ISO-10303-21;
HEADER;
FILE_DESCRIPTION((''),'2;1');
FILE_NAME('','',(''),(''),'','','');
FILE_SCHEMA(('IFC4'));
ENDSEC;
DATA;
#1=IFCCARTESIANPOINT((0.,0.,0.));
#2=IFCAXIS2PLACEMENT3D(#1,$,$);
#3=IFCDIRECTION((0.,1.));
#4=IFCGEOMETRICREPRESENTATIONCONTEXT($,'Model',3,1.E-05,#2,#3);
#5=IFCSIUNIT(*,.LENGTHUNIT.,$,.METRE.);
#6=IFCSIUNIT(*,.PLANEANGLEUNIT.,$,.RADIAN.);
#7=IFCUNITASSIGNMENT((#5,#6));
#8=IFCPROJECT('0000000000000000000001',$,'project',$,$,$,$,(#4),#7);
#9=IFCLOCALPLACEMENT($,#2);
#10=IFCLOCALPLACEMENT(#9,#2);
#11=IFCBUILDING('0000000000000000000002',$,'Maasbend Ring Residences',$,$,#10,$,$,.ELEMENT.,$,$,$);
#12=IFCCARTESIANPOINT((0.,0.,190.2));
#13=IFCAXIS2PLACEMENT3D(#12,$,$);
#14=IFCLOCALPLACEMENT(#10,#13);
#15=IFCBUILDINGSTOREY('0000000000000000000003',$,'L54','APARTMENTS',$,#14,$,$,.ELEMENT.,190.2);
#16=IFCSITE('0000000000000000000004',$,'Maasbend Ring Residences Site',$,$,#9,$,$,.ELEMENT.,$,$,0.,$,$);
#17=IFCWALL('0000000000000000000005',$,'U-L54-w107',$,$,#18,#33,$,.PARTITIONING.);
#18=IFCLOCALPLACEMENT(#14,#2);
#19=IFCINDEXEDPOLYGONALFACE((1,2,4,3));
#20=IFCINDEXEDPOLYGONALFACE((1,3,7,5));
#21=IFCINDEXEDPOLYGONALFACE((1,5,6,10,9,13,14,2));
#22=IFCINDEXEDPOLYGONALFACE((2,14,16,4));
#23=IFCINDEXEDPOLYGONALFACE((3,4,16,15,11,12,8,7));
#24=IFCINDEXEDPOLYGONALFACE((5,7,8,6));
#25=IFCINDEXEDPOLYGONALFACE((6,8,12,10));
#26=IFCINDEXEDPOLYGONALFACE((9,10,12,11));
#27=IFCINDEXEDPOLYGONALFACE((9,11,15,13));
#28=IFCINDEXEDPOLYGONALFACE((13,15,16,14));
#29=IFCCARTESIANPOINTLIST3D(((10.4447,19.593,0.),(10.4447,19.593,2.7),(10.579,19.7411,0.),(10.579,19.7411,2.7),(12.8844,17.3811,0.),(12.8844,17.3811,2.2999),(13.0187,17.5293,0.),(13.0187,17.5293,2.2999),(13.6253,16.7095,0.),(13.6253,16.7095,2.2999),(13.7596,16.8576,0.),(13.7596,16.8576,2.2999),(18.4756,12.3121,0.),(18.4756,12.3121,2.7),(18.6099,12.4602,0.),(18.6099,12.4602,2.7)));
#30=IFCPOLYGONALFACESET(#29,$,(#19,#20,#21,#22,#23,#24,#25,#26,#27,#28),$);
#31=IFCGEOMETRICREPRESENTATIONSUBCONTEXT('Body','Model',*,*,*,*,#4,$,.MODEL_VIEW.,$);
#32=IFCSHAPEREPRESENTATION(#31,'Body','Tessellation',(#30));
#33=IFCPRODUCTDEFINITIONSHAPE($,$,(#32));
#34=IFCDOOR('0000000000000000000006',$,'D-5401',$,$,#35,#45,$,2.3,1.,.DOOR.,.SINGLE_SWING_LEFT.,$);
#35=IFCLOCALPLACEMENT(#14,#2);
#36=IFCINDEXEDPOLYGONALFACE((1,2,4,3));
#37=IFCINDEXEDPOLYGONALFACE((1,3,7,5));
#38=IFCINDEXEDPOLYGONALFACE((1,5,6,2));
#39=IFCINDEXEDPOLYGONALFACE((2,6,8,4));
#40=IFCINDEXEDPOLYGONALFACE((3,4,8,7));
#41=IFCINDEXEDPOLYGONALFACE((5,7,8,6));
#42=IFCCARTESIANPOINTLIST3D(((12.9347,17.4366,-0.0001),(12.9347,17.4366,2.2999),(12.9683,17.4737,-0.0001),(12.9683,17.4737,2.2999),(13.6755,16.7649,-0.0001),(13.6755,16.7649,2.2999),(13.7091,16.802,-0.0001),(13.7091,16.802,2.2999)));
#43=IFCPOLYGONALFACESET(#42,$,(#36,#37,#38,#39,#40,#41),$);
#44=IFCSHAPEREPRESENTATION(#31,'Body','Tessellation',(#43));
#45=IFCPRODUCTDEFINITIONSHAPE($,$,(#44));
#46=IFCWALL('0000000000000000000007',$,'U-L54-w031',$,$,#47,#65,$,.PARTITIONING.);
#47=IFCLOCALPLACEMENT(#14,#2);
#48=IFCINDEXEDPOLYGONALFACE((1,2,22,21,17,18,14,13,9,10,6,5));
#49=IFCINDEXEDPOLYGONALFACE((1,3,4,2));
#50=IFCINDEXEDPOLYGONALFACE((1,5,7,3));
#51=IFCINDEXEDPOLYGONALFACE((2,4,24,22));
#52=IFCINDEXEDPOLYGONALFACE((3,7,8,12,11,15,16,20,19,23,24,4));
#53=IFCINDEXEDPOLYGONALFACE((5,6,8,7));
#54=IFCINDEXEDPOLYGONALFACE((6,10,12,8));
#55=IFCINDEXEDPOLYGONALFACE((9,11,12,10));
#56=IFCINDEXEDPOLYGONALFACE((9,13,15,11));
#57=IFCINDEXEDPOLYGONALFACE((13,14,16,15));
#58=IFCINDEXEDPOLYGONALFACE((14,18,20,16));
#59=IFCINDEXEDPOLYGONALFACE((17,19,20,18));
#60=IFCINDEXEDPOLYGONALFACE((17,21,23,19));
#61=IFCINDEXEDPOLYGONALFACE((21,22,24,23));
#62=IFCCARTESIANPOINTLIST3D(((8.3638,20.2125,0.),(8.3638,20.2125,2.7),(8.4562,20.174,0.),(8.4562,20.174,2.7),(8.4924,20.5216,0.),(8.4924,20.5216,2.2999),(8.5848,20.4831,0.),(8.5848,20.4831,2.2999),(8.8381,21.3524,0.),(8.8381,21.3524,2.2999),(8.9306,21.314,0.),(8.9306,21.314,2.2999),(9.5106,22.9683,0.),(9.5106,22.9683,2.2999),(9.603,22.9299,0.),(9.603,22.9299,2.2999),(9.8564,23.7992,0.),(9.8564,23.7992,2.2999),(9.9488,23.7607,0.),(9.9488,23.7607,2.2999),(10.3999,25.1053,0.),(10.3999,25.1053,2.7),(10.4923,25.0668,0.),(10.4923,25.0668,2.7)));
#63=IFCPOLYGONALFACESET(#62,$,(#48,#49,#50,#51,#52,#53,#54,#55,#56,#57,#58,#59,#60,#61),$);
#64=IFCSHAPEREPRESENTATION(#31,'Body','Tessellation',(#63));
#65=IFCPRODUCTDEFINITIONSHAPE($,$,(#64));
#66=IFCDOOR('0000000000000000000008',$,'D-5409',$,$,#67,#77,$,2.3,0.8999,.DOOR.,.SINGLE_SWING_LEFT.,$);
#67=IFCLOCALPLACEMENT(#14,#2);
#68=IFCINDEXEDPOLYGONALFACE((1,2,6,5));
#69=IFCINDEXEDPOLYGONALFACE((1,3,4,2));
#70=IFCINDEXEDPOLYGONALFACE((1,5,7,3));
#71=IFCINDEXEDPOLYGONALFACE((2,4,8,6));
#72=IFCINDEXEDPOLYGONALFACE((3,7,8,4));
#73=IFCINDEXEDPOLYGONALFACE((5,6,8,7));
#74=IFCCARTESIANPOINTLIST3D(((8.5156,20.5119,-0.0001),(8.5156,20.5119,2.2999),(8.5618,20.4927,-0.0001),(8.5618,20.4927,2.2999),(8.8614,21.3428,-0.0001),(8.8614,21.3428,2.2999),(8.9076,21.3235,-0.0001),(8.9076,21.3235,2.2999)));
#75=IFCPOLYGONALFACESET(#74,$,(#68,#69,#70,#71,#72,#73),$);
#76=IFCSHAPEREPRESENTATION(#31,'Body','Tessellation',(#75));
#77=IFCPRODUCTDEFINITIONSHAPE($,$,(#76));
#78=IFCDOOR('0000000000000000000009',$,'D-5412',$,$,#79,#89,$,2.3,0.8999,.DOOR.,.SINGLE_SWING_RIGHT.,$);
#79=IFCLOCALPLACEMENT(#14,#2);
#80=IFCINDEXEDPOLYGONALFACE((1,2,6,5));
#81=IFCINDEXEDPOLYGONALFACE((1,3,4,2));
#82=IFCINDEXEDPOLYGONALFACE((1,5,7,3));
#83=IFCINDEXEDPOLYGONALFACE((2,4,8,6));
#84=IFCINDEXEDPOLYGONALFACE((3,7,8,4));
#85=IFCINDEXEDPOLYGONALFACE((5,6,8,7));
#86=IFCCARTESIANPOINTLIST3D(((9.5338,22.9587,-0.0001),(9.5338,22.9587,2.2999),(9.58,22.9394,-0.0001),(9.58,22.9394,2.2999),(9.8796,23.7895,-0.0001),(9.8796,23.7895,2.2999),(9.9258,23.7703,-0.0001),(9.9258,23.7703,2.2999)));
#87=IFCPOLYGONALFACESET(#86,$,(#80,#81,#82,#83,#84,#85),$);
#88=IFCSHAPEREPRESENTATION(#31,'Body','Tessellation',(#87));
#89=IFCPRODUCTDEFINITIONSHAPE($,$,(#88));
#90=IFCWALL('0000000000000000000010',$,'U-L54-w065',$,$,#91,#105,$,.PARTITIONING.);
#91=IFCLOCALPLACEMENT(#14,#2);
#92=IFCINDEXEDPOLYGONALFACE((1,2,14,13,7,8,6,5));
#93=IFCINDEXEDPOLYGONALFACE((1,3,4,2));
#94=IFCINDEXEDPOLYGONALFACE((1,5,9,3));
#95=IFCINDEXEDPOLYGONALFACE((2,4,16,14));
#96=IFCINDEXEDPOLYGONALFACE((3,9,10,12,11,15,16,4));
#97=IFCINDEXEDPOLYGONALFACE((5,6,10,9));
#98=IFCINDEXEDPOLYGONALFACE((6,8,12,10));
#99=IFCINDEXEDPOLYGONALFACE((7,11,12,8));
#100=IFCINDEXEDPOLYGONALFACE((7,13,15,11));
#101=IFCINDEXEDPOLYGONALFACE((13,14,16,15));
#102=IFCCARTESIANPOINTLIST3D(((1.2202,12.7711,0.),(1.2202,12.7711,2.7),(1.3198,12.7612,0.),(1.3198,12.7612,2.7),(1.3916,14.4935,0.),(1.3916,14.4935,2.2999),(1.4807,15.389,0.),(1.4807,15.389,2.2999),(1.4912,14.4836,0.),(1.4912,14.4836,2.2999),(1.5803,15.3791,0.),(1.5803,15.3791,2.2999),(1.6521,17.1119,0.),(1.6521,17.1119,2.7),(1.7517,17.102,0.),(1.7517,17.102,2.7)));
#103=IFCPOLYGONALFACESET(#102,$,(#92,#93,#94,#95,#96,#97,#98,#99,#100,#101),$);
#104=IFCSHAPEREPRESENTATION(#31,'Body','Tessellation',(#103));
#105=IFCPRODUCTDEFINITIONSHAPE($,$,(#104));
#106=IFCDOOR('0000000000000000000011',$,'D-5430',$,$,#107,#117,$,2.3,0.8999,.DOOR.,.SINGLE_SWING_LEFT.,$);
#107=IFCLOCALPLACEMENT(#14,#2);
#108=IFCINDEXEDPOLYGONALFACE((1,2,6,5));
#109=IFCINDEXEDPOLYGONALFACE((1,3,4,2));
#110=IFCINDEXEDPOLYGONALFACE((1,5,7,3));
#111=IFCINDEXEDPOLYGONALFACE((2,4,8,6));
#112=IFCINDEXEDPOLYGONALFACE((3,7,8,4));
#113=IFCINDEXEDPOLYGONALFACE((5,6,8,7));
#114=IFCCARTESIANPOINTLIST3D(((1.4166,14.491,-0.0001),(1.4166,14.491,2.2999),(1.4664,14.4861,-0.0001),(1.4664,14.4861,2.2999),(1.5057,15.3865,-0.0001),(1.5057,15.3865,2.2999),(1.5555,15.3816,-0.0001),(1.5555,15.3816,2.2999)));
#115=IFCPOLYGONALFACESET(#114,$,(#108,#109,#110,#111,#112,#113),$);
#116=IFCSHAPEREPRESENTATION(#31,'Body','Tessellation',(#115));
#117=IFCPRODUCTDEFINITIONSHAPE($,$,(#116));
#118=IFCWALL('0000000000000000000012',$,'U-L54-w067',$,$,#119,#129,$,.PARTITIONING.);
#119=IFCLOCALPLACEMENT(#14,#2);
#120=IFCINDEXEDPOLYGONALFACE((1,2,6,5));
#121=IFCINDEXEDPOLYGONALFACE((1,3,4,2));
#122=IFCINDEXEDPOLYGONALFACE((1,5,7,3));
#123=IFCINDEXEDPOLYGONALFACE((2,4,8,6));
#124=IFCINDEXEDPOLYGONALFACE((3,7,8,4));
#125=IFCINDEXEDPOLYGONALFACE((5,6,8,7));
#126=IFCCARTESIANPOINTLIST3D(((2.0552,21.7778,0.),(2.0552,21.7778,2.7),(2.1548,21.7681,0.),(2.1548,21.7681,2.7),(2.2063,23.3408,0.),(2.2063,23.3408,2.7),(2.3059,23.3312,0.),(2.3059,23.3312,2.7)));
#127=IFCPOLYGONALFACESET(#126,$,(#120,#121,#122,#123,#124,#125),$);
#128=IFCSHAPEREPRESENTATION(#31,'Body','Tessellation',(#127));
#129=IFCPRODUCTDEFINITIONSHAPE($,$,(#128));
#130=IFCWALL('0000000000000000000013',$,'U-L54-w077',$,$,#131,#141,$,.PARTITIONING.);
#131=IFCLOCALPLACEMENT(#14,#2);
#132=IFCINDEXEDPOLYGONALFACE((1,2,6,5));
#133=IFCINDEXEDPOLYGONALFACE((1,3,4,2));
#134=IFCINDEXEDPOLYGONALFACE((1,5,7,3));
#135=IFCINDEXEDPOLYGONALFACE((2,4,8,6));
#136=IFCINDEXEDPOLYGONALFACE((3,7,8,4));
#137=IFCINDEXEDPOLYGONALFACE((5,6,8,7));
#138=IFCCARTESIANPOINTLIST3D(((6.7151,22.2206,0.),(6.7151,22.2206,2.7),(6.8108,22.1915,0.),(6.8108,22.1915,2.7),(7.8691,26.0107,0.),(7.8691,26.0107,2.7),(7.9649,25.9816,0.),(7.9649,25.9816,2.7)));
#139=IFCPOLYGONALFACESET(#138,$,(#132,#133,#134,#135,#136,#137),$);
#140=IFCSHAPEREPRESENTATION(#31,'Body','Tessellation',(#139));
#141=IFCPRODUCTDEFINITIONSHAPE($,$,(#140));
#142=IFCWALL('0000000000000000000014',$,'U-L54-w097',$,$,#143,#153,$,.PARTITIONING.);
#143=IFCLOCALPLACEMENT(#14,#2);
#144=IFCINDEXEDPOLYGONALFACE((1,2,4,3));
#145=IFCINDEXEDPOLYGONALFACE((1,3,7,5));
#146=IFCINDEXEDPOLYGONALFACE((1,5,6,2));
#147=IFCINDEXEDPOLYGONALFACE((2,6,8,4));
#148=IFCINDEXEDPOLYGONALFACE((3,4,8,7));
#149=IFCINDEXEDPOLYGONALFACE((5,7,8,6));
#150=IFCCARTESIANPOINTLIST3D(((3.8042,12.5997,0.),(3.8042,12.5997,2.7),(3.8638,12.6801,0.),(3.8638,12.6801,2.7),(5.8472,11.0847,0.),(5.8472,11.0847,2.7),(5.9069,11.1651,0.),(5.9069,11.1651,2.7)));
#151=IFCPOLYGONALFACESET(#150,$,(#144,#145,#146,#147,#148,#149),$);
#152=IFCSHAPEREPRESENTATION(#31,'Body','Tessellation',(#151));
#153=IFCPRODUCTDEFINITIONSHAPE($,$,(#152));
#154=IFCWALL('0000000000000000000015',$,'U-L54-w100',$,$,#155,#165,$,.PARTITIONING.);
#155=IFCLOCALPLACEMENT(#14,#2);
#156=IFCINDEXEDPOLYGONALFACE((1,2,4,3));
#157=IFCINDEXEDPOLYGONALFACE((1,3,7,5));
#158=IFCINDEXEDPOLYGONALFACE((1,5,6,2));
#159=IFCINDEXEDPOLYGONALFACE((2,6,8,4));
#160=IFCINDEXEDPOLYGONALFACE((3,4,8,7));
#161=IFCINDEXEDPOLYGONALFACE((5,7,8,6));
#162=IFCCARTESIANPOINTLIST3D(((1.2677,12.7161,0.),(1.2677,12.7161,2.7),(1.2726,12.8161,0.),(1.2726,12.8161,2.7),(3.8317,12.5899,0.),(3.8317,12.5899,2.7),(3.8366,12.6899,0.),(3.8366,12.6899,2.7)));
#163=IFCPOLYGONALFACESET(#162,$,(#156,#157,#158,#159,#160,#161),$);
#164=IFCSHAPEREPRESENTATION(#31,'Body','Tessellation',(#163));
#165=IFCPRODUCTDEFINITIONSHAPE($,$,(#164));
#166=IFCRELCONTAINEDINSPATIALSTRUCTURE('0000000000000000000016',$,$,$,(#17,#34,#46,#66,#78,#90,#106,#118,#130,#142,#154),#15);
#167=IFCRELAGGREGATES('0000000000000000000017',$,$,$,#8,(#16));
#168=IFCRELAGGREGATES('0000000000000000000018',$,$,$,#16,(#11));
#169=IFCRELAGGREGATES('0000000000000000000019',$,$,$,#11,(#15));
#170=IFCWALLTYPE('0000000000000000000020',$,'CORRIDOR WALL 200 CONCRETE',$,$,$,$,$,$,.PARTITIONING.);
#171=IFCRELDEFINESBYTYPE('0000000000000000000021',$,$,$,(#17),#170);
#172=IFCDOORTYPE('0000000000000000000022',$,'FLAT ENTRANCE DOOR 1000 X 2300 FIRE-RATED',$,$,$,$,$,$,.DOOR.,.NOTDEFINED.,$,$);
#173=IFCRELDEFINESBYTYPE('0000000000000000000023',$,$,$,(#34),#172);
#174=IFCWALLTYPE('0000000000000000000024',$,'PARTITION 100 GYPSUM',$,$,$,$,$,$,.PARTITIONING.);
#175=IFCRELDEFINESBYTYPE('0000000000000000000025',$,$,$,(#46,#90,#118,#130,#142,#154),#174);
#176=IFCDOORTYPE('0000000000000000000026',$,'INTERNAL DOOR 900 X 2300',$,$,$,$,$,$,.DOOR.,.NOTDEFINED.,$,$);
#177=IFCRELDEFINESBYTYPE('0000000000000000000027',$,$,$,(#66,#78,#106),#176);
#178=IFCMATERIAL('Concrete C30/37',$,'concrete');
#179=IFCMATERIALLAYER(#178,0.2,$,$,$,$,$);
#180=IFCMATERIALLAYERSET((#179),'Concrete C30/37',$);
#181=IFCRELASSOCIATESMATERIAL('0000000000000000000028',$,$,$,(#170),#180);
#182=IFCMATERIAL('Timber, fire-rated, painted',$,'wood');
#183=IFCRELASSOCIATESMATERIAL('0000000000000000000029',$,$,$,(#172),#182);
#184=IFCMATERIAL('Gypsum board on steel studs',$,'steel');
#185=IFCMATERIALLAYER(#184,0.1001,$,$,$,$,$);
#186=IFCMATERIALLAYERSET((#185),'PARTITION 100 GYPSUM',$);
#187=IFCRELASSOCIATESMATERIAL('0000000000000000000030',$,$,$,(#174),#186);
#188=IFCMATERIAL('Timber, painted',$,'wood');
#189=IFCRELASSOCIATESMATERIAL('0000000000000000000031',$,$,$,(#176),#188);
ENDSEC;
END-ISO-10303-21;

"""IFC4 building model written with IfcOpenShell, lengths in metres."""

from ifc_helpers import new_model, si_unit, direction, frame, frame_2d, origin, place, context, subcontext, project, spatial, rectangle, extrude, material, layer, layer_set, type_object, element, fill, save


model = new_model("IFC4")

# Units and contexts
model_context = context("Model", 3, precision=1e-05, world=origin(), true_north=direction((0.0, 1.0)))
body_context = subcontext(model_context, "Body", "Model", "MODEL_VIEW")
ifc_project = project(units=[si_unit("LENGTHUNIT", "METRE"), si_unit("PLANEANGLEUNIT", "RADIAN")], contexts=[model_context])

# Site, building, storey
site_placement = place(None, origin())
site = spatial("IfcSite", under=ifc_project, at=site_placement, Name="Maasbend Ring Residences Site", CompositionType="ELEMENT", RefElevation=0.0)
building_placement = place(site_placement, origin())
building = spatial("IfcBuilding", under=site, at=building_placement, Name="Maasbend Ring Residences", CompositionType="ELEMENT")
storey_placement = place(building_placement, frame((0.0, 0.0, 190.2)))
storey = spatial("IfcBuildingStorey", under=building, at=storey_placement, Name="L54", Description="APARTMENTS", CompositionType="ELEMENT", Elevation=190.2)

# Wall, opening, door
ifc_material_1 = material(Name="Concrete C30/37", Category="concrete")
ifc_layer_1 = layer(ifc_material_1, 0.2)
ifc_layer_set_1 = layer_set([ifc_layer_1], Name="Concrete C30/37")
wall_type_1 = type_object("IfcWallType", Name="CORRIDOR WALL 200 CONCRETE", PredefinedType="PARTITIONING", material=ifc_layer_set_1)
ifc_material_2 = material(Name="Timber, fire-rated, painted", Category="wood")
door_type_1 = type_object("IfcDoorType", Name="FLAT ENTRANCE DOOR 1000 X 2300 FIRE-RATED", OperationType="NOTDEFINED", PredefinedType="DOOR", material=ifc_material_2)
wall_1_placement = place(storey_placement, frame((10.512, 19.667, 0.0), z_axis=(0.0, 0.0, 1.0), x_axis=(0.740854, -0.671667, 0.0)))
wall_1 = element("IfcWall", 1, at=wall_1_placement, inside=storey, type_object=wall_type_1, Name="U-L54-w107", PredefinedType="PARTITIONING", context=body_context, shape_type="SweptSolid", body=[
    extrude(rectangle(XDim=10.8401, YDim=0.2, at=frame_2d((5.4199, 0.0))), origin(), (0.0, 0.0, 1.0), 2.7),
])
opening_1_placement = place(wall_1_placement, frame((3.293, 0.0, 0.0)))
opening_1 = element("IfcOpeningElement", 2, at=opening_1_placement, cuts=wall_1, PredefinedType="OPENING", context=body_context, shape_type="SweptSolid", body=[
    extrude(rectangle(XDim=1.0, YDim=2.3, at=frame_2d((0.5, 1.1499))), frame((0.0, 0.1099, 0.0), z_axis=(0.0, -1.0, 0.0), x_axis=(1.0, 0.0, 0.0)), (0.0, 0.0, 1.0), 0.22),
])
door_1_placement = place(opening_1_placement, origin())
door_1 = element("IfcDoor", 3, at=door_1_placement, inside=storey, type_object=door_type_1, Name="D-5401", OperationType="SINGLE_SWING_LEFT", OverallHeight=2.3, OverallWidth=1.0, PredefinedType="DOOR", context=body_context, shape_type="SweptSolid", body=[
    extrude(rectangle(XDim=1.0, YDim=2.3, at=frame_2d((0.5, 1.1499))), frame((0.0, 0.0249, 0.0), z_axis=(0.0, -1.0, 0.0), x_axis=(1.0, 0.0, 0.0)), (0.0, 0.0, 1.0), 0.05),
])
fill(opening_1, door_1)

# Wall, openings, doors
ifc_material_3 = material(Name="Gypsum board on steel studs", Category="steel")
ifc_layer_2 = layer(ifc_material_3, 0.1001)
ifc_layer_set_2 = layer_set([ifc_layer_2], Name="PARTITION 100 GYPSUM")
wall_type_2 = type_object("IfcWallType", Name="PARTITION 100 GYPSUM", PredefinedType="PARTITIONING", material=ifc_layer_set_2)
wall_2_placement = place(storey_placement, frame((8.4099, 20.1931, 0.0), z_axis=(0.0, 0.0, 1.0), x_axis=(0.384206, 0.923247, 0.0)))
wall_2 = element("IfcWall", 4, at=wall_2_placement, inside=storey, type_object=wall_type_2, Name="U-L54-w031", PredefinedType="PARTITIONING", context=body_context, shape_type="SweptSolid", body=[
    extrude(rectangle(XDim=5.2996, YDim=0.1001, at=frame_2d((2.6499, 0.0))), origin(), (0.0, 0.0, 1.0), 2.7),
])
opening_2_placement = place(wall_2_placement, frame((0.335, 0.0, 0.0)))
opening_2 = element("IfcOpeningElement", 5, at=opening_2_placement, cuts=wall_2, PredefinedType="OPENING", context=body_context, shape_type="SweptSolid", body=[
    extrude(rectangle(XDim=0.8999, YDim=2.3, at=frame_2d((0.45, 1.1499))), frame((0.0, 0.0601, 0.0), z_axis=(0.0, -1.0, 0.0), x_axis=(1.0, 0.0, 0.0)), (0.0, 0.0, 1.0), 0.1201),
])
opening_3_placement = place(wall_2_placement, frame((2.9851, 0.0, 0.0)))
opening_3 = element("IfcOpeningElement", 6, at=opening_3_placement, cuts=wall_2, PredefinedType="OPENING", context=body_context, shape_type="SweptSolid", body=[
    extrude(rectangle(XDim=0.8999, YDim=2.3, at=frame_2d((0.45, 1.1499))), frame((0.0, 0.0601, 0.0), z_axis=(0.0, -1.0, 0.0), x_axis=(1.0, 0.0, 0.0)), (0.0, 0.0, 1.0), 0.1201),
])
ifc_material_4 = material(Name="Timber, painted", Category="wood")
door_type_2 = type_object("IfcDoorType", Name="INTERNAL DOOR 900 X 2300", OperationType="NOTDEFINED", PredefinedType="DOOR", material=ifc_material_4)
door_2_placement = place(opening_2_placement, origin())
door_2 = element("IfcDoor", 7, at=door_2_placement, inside=storey, type_object=door_type_2, Name="D-5409", OperationType="SINGLE_SWING_LEFT", OverallHeight=2.3, OverallWidth=0.8999, PredefinedType="DOOR", context=body_context, shape_type="SweptSolid", body=[
    extrude(rectangle(XDim=0.8999, YDim=2.3, at=frame_2d((0.45, 1.1499))), frame((0.0, 0.0249, 0.0), z_axis=(0.0, -1.0, 0.0), x_axis=(1.0, 0.0, 0.0)), (0.0, 0.0, 1.0), 0.05),
])
fill(opening_2, door_2)
door_3_placement = place(opening_3_placement, origin())
door_3 = element("IfcDoor", 8, at=door_3_placement, inside=storey, type_object=door_type_2, Name="D-5412", OperationType="SINGLE_SWING_RIGHT", OverallHeight=2.3, OverallWidth=0.8999, PredefinedType="DOOR", context=body_context, shape_type="SweptSolid", body=[
    extrude(rectangle(XDim=0.8999, YDim=2.3, at=frame_2d((0.45, 1.1499))), frame((0.0, 0.0249, 0.0), z_axis=(0.0, -1.0, 0.0), x_axis=(1.0, 0.0, 0.0)), (0.0, 0.0, 1.0), 0.05),
])
fill(opening_3, door_3)

# Wall, opening, door
wall_3_placement = place(storey_placement, frame((1.27, 12.7661, 0.0), z_axis=(0.0, 0.0, 1.0), x_axis=(0.099005, 0.995087, 0.0)))
wall_3 = element("IfcWall", 9, at=wall_3_placement, inside=storey, type_object=wall_type_2, Name="U-L54-w065", PredefinedType="PARTITIONING", context=body_context, shape_type="SweptSolid", body=[
    extrude(rectangle(XDim=4.3623, YDim=0.1001, at=frame_2d((2.1812, 0.0))), origin(), (0.0, 0.0, 1.0), 2.7),
])
opening_4_placement = place(wall_3_placement, frame((1.731, 0.0, 0.0)))
opening_4 = element("IfcOpeningElement", 10, at=opening_4_placement, cuts=wall_3, PredefinedType="OPENING", context=body_context, shape_type="SweptSolid", body=[
    extrude(rectangle(XDim=0.8999, YDim=2.3, at=frame_2d((0.45, 1.1499))), frame((0.0, 0.0601, 0.0), z_axis=(0.0, -1.0, 0.0), x_axis=(1.0, 0.0, 0.0)), (0.0, 0.0, 1.0), 0.1201),
])
door_4_placement = place(opening_4_placement, origin())
door_4 = element("IfcDoor", 11, at=door_4_placement, inside=storey, type_object=door_type_2, Name="D-5430", OperationType="SINGLE_SWING_LEFT", OverallHeight=2.3, OverallWidth=0.8999, PredefinedType="DOOR", context=body_context, shape_type="SweptSolid", body=[
    extrude(rectangle(XDim=0.8999, YDim=2.3, at=frame_2d((0.45, 1.1499))), frame((0.0, 0.0249, 0.0), z_axis=(0.0, -1.0, 0.0), x_axis=(1.0, 0.0, 0.0)), (0.0, 0.0, 1.0), 0.05),
])
fill(opening_4, door_4)

# Walls
wall_4_placement = place(storey_placement, frame((2.105, 21.7729, 0.0), z_axis=(0.0, 0.0, 1.0), x_axis=(0.09624, 0.995358, 0.0)))
element("IfcWall", 12, at=wall_4_placement, inside=storey, type_object=wall_type_2, Name="U-L54-w067", PredefinedType="PARTITIONING", context=body_context, shape_type="SweptSolid", body=[
    extrude(rectangle(XDim=1.5703, YDim=0.1001, at=frame_2d((0.7852, 0.0))), origin(), (0.0, 0.0, 1.0), 2.7),
])
wall_5_placement = place(storey_placement, frame((6.7629, 22.2061, 0.0), z_axis=(0.0, 0.0, 1.0), x_axis=(0.291292, 0.956634, 0.0)))
element("IfcWall", 13, at=wall_5_placement, inside=storey, type_object=wall_type_2, Name="U-L54-w077", PredefinedType="PARTITIONING", context=body_context, shape_type="SweptSolid", body=[
    extrude(rectangle(XDim=3.9619, YDim=0.1001, at=frame_2d((1.981, 0.0))), origin(), (0.0, 0.0, 1.0), 2.7),
])
wall_6_placement = place(storey_placement, frame((3.834, 12.6399, 0.0), z_axis=(0.0, 0.0, 1.0), x_axis=(0.80326, -0.595629, 0.0)))
element("IfcWall", 14, at=wall_6_placement, inside=storey, type_object=wall_type_2, Name="U-L54-w097", PredefinedType="PARTITIONING", context=body_context, shape_type="SweptSolid", body=[
    extrude(rectangle(XDim=2.5435, YDim=0.1001, at=frame_2d((1.2717, 0.0))), origin(), (0.0, 0.0, 1.0), 2.7),
])
wall_7_placement = place(storey_placement, frame((1.27, 12.7661, 0.0), z_axis=(0.0, 0.0, 1.0), x_axis=(0.99879, -0.049169, 0.0)))
element("IfcWall", 15, at=wall_7_placement, inside=storey, type_object=wall_type_2, Name="U-L54-w100", PredefinedType="PARTITIONING", context=body_context, shape_type="SweptSolid", body=[
    extrude(rectangle(XDim=2.5671, YDim=0.1001, at=frame_2d((1.2837, 0.0))), origin(), (0.0, 0.0, 1.0), 2.7),
])

save(model, "model.ifc")
